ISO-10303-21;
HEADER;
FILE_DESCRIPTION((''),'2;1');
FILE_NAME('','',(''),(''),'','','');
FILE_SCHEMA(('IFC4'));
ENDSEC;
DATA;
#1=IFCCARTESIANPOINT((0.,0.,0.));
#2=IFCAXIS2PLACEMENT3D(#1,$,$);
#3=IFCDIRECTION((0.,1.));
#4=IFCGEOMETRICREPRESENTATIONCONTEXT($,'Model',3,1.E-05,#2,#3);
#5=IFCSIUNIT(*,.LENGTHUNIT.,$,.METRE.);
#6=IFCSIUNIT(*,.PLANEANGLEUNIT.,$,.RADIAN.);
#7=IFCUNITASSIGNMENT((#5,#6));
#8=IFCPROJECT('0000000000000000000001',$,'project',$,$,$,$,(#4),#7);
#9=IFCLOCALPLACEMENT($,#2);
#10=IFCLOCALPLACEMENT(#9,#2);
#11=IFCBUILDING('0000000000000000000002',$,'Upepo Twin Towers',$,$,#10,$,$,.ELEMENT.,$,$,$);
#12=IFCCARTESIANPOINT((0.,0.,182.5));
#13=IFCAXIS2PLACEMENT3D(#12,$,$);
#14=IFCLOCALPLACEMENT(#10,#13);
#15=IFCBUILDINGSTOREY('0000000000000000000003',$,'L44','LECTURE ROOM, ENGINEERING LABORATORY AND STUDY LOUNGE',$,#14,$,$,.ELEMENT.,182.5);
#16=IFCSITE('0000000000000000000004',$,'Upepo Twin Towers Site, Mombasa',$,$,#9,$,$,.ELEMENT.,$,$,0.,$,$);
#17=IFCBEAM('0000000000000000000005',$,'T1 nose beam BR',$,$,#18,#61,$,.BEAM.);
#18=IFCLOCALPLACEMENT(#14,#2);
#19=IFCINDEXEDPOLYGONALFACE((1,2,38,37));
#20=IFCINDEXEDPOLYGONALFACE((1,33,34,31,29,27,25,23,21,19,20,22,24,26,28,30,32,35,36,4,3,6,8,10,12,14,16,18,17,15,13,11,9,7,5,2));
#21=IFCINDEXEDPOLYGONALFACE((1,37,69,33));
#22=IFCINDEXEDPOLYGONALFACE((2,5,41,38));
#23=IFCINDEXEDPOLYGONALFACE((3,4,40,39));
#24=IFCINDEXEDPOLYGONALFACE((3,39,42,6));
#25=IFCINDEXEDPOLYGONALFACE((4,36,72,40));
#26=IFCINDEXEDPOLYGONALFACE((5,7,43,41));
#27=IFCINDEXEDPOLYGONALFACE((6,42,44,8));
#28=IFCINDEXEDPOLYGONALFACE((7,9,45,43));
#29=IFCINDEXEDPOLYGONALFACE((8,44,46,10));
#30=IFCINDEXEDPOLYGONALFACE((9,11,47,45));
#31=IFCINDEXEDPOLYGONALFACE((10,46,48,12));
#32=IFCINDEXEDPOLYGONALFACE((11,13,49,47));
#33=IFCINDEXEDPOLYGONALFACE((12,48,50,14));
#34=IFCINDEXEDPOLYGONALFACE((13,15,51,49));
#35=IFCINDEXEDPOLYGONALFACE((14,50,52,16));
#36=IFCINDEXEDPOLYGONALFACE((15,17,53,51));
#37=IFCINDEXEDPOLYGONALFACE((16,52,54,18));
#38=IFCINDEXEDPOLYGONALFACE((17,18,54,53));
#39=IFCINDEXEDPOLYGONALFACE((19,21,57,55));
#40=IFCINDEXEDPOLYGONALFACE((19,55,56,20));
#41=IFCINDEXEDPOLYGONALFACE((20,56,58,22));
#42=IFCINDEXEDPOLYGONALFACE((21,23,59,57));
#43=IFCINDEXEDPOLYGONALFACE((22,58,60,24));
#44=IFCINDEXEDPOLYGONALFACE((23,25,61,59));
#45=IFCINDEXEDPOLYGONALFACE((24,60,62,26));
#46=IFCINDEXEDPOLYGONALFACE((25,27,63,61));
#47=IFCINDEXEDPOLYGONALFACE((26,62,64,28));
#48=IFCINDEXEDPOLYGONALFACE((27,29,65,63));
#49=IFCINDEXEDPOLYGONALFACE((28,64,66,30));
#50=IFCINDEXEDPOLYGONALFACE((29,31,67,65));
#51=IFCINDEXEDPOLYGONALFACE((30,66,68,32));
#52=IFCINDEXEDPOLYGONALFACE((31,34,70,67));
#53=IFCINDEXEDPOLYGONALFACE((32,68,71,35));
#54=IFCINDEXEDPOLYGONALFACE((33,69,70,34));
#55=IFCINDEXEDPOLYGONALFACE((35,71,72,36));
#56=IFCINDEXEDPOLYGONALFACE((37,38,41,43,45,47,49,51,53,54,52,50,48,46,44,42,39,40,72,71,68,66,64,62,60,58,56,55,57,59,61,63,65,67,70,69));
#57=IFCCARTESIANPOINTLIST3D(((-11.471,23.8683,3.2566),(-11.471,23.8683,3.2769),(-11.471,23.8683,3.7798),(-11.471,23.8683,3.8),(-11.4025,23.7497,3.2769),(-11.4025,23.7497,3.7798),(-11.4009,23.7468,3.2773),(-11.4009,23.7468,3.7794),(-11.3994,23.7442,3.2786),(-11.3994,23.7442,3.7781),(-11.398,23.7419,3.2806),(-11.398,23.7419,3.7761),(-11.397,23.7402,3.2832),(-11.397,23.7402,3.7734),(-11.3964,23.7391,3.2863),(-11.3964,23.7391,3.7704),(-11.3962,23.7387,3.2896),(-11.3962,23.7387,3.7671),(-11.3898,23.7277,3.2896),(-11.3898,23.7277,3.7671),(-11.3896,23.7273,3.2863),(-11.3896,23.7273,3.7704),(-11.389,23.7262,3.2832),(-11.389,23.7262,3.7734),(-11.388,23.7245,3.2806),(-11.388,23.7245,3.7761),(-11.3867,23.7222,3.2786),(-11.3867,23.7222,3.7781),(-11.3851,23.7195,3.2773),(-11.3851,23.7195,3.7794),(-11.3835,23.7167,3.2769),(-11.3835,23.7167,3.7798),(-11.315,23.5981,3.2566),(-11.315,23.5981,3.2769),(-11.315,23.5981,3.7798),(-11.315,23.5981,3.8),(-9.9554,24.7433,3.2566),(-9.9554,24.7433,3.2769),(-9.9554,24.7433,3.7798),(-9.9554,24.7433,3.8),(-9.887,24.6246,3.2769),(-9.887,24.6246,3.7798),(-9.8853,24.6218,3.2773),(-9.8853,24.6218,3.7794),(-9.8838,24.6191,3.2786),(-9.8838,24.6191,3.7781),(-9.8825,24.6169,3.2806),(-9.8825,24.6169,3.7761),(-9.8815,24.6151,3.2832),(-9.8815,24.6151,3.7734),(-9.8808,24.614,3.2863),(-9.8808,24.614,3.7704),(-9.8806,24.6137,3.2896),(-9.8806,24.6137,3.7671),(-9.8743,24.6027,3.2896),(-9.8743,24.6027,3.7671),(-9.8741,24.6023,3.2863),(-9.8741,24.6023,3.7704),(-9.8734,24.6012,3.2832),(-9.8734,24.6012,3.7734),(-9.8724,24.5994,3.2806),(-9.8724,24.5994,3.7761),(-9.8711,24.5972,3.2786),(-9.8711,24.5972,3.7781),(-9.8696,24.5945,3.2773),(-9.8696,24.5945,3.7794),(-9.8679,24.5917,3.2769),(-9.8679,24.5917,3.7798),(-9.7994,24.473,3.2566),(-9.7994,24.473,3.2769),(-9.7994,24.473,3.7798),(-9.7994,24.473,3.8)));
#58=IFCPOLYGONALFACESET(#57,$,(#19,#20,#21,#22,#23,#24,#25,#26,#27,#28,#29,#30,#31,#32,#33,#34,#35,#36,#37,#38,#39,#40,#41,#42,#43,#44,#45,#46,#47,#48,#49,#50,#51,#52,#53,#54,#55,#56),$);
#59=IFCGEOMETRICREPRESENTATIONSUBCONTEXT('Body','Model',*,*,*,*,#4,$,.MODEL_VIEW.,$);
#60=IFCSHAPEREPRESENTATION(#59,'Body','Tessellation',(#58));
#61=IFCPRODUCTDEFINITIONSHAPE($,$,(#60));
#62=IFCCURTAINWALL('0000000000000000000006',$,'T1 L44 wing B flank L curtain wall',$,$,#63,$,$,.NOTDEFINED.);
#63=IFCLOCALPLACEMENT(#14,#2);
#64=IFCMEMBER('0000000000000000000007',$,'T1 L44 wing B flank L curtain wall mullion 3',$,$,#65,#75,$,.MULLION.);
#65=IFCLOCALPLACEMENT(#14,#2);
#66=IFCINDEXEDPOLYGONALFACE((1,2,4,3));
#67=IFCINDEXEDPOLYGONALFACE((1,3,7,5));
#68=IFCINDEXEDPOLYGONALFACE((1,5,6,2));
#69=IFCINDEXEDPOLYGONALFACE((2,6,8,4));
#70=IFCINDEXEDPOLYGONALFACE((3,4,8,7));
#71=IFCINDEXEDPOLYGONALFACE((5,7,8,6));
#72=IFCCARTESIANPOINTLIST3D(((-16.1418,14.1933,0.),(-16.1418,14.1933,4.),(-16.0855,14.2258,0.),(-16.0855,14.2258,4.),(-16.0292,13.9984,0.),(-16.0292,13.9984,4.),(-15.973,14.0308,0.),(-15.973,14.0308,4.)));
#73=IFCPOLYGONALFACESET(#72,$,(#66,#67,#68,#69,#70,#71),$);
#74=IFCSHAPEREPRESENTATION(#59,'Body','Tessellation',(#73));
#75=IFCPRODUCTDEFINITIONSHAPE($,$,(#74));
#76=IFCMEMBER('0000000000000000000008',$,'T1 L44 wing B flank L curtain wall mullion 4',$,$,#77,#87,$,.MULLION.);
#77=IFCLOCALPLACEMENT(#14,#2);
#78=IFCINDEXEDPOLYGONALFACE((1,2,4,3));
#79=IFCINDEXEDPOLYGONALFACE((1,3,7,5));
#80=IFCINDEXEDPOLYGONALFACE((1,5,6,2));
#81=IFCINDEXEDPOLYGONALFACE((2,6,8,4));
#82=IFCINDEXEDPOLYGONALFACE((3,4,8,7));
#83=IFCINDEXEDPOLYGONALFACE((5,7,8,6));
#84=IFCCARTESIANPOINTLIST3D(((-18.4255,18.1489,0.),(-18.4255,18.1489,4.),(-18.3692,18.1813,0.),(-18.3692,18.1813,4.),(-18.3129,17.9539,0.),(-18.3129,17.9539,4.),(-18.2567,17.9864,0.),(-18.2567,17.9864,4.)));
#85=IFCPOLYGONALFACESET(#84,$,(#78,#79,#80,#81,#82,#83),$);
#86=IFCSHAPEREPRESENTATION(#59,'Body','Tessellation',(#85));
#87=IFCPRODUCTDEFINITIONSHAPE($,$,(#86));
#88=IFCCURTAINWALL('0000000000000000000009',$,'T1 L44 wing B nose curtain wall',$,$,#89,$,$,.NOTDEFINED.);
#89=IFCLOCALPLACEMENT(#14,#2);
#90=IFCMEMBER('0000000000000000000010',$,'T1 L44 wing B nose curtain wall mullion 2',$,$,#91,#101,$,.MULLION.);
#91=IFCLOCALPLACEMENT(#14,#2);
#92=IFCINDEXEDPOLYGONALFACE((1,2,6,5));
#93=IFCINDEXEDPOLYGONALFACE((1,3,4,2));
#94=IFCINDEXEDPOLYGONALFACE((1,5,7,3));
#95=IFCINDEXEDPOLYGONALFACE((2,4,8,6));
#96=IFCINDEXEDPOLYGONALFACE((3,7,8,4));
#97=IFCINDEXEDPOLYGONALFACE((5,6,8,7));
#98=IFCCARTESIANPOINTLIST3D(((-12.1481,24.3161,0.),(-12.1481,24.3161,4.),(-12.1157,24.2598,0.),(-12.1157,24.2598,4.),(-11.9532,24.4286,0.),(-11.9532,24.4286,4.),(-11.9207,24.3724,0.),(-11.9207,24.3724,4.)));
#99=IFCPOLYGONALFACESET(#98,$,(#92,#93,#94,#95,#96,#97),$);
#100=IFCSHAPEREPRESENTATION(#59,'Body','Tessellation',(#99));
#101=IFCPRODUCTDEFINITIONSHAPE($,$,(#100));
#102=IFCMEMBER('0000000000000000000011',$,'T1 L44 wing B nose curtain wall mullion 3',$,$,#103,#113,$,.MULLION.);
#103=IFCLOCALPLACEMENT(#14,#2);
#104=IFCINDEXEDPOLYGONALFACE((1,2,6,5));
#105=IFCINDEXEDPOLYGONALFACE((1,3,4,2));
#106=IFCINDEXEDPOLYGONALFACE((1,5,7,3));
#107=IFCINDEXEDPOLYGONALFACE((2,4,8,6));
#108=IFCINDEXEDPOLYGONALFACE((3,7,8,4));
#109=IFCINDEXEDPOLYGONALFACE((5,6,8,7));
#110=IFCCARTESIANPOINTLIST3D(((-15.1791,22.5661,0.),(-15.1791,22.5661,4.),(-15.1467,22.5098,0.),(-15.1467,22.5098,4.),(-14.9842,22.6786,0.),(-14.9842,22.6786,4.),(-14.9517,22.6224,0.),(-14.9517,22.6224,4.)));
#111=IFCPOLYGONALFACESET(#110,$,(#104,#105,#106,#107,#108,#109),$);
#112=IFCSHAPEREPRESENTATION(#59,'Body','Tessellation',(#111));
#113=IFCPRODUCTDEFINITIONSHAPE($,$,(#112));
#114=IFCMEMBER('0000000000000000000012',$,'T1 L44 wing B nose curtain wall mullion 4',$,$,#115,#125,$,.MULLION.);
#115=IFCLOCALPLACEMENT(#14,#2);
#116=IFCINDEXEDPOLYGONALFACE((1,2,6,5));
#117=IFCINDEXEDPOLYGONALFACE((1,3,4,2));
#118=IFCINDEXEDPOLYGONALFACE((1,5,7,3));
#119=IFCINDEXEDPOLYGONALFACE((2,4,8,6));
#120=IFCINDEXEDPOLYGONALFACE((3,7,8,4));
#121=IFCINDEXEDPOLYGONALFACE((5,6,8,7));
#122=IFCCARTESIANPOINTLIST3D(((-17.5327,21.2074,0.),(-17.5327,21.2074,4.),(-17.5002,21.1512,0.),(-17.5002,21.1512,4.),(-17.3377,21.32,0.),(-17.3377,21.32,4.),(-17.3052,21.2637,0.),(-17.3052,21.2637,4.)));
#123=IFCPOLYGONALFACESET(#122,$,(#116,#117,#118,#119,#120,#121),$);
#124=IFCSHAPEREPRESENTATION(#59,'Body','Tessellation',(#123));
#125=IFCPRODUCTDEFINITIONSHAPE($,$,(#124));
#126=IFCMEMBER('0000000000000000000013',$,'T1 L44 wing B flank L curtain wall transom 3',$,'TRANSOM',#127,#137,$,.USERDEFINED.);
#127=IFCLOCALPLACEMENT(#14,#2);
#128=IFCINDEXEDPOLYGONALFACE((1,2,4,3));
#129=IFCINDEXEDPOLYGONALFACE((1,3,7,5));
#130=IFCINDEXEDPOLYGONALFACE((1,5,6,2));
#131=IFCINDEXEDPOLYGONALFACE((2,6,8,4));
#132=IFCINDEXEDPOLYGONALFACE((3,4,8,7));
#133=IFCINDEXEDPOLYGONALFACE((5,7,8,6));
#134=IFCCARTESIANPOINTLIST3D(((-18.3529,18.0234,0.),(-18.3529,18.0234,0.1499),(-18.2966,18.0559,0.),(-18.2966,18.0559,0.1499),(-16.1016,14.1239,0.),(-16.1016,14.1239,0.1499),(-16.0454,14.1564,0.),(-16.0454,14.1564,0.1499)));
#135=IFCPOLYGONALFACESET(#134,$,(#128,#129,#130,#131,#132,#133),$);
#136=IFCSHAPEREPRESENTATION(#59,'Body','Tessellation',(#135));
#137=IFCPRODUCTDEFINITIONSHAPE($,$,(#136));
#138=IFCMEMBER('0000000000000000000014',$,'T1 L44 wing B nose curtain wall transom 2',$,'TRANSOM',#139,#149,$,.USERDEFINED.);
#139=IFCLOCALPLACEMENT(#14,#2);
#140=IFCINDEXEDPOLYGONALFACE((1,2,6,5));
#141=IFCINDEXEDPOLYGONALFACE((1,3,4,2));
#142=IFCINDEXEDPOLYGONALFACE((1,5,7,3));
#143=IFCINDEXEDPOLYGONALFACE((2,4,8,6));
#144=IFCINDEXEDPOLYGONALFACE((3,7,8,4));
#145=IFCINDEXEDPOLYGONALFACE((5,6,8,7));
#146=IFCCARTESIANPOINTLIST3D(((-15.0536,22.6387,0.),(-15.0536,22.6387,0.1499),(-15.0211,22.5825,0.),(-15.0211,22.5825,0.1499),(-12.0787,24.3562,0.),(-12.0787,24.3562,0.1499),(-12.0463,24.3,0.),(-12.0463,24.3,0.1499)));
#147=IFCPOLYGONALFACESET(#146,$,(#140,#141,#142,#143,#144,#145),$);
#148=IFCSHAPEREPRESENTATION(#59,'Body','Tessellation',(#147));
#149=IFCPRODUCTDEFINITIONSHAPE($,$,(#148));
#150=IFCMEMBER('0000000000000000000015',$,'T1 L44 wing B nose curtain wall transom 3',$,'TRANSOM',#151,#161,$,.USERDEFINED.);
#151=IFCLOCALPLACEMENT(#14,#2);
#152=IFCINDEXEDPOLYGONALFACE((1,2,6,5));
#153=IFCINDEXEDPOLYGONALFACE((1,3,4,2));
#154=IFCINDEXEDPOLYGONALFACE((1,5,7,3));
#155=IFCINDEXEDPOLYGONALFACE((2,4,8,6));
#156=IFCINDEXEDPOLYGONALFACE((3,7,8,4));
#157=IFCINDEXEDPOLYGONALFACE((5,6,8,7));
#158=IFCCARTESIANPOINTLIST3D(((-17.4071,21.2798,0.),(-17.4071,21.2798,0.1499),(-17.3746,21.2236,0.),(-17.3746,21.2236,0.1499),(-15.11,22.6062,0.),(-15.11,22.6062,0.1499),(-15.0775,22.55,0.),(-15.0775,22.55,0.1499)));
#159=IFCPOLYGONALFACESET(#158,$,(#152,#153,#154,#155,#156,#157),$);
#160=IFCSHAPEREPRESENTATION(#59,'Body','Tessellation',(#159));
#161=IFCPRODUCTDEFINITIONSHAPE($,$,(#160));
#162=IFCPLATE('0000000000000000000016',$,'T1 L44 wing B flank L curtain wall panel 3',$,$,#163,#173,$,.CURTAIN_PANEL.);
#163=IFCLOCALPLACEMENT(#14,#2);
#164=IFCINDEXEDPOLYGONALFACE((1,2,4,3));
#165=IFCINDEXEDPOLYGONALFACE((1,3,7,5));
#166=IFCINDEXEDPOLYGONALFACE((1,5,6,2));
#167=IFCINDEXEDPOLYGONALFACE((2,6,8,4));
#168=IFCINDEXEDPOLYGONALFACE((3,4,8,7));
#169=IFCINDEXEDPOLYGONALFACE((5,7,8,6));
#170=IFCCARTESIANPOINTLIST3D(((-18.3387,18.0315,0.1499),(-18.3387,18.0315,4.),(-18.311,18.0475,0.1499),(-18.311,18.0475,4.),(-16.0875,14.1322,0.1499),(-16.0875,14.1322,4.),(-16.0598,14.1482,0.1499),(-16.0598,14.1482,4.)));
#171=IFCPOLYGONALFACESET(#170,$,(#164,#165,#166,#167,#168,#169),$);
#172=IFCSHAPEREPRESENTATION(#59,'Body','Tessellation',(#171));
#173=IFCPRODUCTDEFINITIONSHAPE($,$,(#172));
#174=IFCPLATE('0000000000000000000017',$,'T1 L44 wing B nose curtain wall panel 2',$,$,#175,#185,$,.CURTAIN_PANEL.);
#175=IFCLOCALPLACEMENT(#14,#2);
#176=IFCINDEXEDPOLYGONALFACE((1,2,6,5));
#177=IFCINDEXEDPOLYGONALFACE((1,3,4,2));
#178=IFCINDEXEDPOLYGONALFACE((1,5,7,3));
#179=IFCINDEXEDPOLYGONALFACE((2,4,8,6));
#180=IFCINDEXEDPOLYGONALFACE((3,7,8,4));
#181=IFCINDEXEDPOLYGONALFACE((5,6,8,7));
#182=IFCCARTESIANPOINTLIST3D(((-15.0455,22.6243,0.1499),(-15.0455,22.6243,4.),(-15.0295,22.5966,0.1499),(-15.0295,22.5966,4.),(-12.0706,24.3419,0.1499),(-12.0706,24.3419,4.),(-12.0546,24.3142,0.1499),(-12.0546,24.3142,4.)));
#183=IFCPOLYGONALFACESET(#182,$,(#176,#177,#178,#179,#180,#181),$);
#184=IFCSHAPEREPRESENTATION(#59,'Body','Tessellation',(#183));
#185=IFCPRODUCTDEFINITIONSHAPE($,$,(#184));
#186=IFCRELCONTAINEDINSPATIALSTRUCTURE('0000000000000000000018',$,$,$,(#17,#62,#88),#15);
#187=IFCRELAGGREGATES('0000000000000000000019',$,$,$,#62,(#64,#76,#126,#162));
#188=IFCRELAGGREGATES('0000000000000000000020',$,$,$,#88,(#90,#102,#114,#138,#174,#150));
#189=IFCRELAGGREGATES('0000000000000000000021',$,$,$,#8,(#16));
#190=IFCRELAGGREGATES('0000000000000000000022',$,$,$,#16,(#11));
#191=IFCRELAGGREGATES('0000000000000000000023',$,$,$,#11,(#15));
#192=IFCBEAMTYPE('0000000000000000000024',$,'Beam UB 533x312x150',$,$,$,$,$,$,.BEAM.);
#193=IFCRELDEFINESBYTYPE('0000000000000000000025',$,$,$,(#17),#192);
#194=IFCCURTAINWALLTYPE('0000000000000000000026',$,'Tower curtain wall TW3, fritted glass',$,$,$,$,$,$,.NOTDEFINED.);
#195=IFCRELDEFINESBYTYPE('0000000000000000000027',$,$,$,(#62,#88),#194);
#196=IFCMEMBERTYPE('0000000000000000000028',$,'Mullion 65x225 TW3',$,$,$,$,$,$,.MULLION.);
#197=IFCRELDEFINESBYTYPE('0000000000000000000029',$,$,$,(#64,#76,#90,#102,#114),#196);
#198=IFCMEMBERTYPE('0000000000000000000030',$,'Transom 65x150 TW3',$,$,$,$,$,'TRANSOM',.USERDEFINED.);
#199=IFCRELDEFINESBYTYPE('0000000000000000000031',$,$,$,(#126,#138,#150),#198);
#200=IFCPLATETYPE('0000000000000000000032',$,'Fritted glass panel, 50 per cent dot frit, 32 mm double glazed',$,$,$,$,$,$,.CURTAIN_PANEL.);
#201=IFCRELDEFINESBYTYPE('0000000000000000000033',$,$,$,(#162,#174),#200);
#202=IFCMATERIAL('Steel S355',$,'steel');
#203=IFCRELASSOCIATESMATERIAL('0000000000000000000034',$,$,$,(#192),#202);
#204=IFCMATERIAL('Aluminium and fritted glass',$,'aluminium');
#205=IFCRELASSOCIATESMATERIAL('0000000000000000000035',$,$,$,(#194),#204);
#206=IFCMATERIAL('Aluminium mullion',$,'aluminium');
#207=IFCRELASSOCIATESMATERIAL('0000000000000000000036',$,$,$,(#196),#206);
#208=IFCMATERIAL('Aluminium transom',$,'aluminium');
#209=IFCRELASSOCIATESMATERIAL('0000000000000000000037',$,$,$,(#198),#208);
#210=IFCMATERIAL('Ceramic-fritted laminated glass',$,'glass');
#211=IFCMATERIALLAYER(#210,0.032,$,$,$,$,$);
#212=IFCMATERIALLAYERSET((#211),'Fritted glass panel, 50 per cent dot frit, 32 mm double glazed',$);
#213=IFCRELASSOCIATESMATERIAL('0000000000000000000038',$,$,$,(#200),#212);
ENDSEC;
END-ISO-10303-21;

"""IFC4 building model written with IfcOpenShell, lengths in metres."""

from ifc_helpers import new_model, si_unit, direction, frame, origin, origin_2d, place, context, subcontext, project, spatial, rectangle, i_section, extrude, material, layer, layer_set, material_profile, profile_set, type_object, element, aggregate, save


model = new_model("IFC4")

# Units and contexts
model_context = context("Model", 3, precision=1e-05, world=origin(), true_north=direction((0.0, 1.0)))
body_context = subcontext(model_context, "Body", "Model", "MODEL_VIEW")
ifc_project = project(units=[si_unit("LENGTHUNIT", "METRE"), si_unit("PLANEANGLEUNIT", "RADIAN")], contexts=[model_context])

# Site, building, storey
site_placement = place(None, origin())
site = spatial("IfcSite", under=ifc_project, at=site_placement, Name="Upepo Twin Towers Site, Mombasa", CompositionType="ELEMENT", RefElevation=0.0)
building_placement = place(site_placement, origin())
building = spatial("IfcBuilding", under=site, at=building_placement, Name="Upepo Twin Towers", CompositionType="ELEMENT")
storey_placement = place(building_placement, frame((0.0, 0.0, 182.5)))
storey = spatial("IfcBuildingStorey", under=building, at=storey_placement, Name="L44", Description="LECTURE ROOM, ENGINEERING LABORATORY AND STUDY LOUNGE", CompositionType="ELEMENT", Elevation=182.5)

# Beam
ifc_material_1 = material(Name="Steel S355", Category="steel")
ifc_material_profile_1 = material_profile(ifc_material_1, i_section(OverallWidth=0.312, OverallDepth=0.5435, WebThickness=0.0127, FlangeThickness=0.0203, FilletRadius=0.0127, at=origin_2d()), Name="UB 533x312x150")
ifc_profile_set_1 = profile_set([ifc_material_profile_1], Name="Steel S355")
beam_type_1 = type_object("IfcBeamType", Name="Beam UB 533x312x150", PredefinedType="BEAM", material=ifc_profile_set_1)
for number, where, z_axis, x_axis, name in (
    (1, (-9.8774, 24.6082, 3.5283), (-0.866037, -0.49998, 0.0), (0.49998, -0.866037, 0.0), "T1 nose beam BR"),
):
    element("IfcBeam", number, at=place(storey_placement, frame(where, z_axis=z_axis, x_axis=x_axis)), inside=storey, type_object=beam_type_1, Name=name, PredefinedType="BEAM", context=body_context, shape_type="SweptSolid", body=[
        extrude(i_section(OverallWidth=0.312, OverallDepth=0.5435, WebThickness=0.0127, FlangeThickness=0.0203, FilletRadius=0.0127, at=origin_2d()), origin(), (0.0, 0.0, 1.0), 1.75),
    ])

# Curtain walls, members
ifc_material_2 = material(Name="Aluminium and fritted glass", Category="aluminium")
curtain_wall_type = type_object("IfcCurtainWallType", Name="Tower curtain wall TW3, fritted glass", PredefinedType="NOTDEFINED", material=ifc_material_2)
curtain_wall_1_placement = place(storey_placement, origin())
curtain_wall_1 = element("IfcCurtainWall", 2, at=curtain_wall_1_placement, inside=storey, type_object=curtain_wall_type, Name="T1 L44 wing B flank L curtain wall", PredefinedType="NOTDEFINED")
ifc_material_3 = material(Name="Aluminium mullion", Category="aluminium")
ifc_material_profile_2 = material_profile(ifc_material_3, rectangle(XDim=0.0649, YDim=0.2251, at=origin_2d()), Name="MULLION 65x225")
ifc_profile_set_2 = profile_set([ifc_material_profile_2], Name="Aluminium mullion")
member_type_1 = type_object("IfcMemberType", Name="Mullion 65x225 TW3", PredefinedType="MULLION", material=ifc_profile_set_2)
member_1_placement = place(storey_placement, frame((-16.0574, 14.1121, 0.0), z_axis=(0.0, 0.0, 1.0), x_axis=(-0.866025, -0.5, 0.0)))
member_1 = element("IfcMember", 3, at=member_1_placement, type_object=member_type_1, Name="T1 L44 wing B flank L curtain wall mullion 3", PredefinedType="MULLION", context=body_context, shape_type="SweptSolid", body=[
    extrude(rectangle(XDim=0.0649, YDim=0.2251, at=origin_2d()), origin(), (0.0, 0.0, 1.0), 4.0),
])
member_2_placement = place(storey_placement, frame((-18.3411, 18.0676, 0.0), z_axis=(0.0, 0.0, 1.0), x_axis=(-0.866025, -0.5, 0.0)))
member_2 = element("IfcMember", 4, at=member_2_placement, type_object=member_type_1, Name="T1 L44 wing B flank L curtain wall mullion 4", PredefinedType="MULLION", context=body_context, shape_type="SweptSolid", body=[
    extrude(rectangle(XDim=0.0649, YDim=0.2251, at=origin_2d()), origin(), (0.0, 0.0, 1.0), 4.0),
])
curtain_wall_2_placement = place(storey_placement, origin())
curtain_wall_2 = element("IfcCurtainWall", 5, at=curtain_wall_2_placement, inside=storey, type_object=curtain_wall_type, Name="T1 L44 wing B nose curtain wall", PredefinedType="NOTDEFINED")
member_3_placement = place(storey_placement, frame((-12.0344, 24.3442, 0.0), z_axis=(0.0, 0.0, 1.0), x_axis=(0.5, -0.866025, 0.0)))
member_3 = element("IfcMember", 6, at=member_3_placement, type_object=member_type_1, Name="T1 L44 wing B nose curtain wall mullion 2", PredefinedType="MULLION", context=body_context, shape_type="SweptSolid", body=[
    extrude(rectangle(XDim=0.0649, YDim=0.2251, at=origin_2d()), origin(), (0.0, 0.0, 1.0), 4.0),
])
member_4_placement = place(storey_placement, frame((-15.0654, 22.5942, 0.0), z_axis=(0.0, 0.0, 1.0), x_axis=(0.5, -0.866025, 0.0)))
member_4 = element("IfcMember", 7, at=member_4_placement, type_object=member_type_1, Name="T1 L44 wing B nose curtain wall mullion 3", PredefinedType="MULLION", context=body_context, shape_type="SweptSolid", body=[
    extrude(rectangle(XDim=0.0649, YDim=0.2251, at=origin_2d()), origin(), (0.0, 0.0, 1.0), 4.0),
])
member_5_placement = place(storey_placement, frame((-17.4189, 21.2356, 0.0), z_axis=(0.0, 0.0, 1.0), x_axis=(0.5, -0.866025, 0.0)))
member_5 = element("IfcMember", 8, at=member_5_placement, type_object=member_type_1, Name="T1 L44 wing B nose curtain wall mullion 4", PredefinedType="MULLION", context=body_context, shape_type="SweptSolid", body=[
    extrude(rectangle(XDim=0.0649, YDim=0.2251, at=origin_2d()), origin(), (0.0, 0.0, 1.0), 4.0),
])

# Members
ifc_material_4 = material(Name="Aluminium transom", Category="aluminium")
ifc_material_profile_3 = material_profile(ifc_material_4, rectangle(XDim=0.0649, YDim=0.1499, at=origin_2d()), Name="TRANSOM 65x150")
ifc_profile_set_3 = profile_set([ifc_material_profile_3], Name="Aluminium transom")
member_type_2 = type_object("IfcMemberType", Name="Transom 65x150 TW3", ElementType="TRANSOM", PredefinedType="USERDEFINED", material=ifc_profile_set_3)
member_6_placement = place(storey_placement, frame((-16.0735, 14.1401, 0.075), z_axis=(-0.499982, 0.866036, 0.0), x_axis=(-0.866036, -0.499982, 0.0)))
member_6 = element("IfcMember", 9, at=member_6_placement, type_object=member_type_2, Name="T1 L44 wing B flank L curtain wall transom 3", ObjectType="TRANSOM", PredefinedType="USERDEFINED", context=body_context, shape_type="SweptSolid", body=[
    extrude(rectangle(XDim=0.0649, YDim=0.1499, at=origin_2d()), origin(), (0.0, 0.0, 1.0), 4.5027),
])
member_7_placement = place(storey_placement, frame((-12.0625, 24.3281, 0.075), z_axis=(-0.866026, -0.499999, 0.0), x_axis=(0.499999, -0.866026, 0.0)))
member_7 = element("IfcMember", 10, at=member_7_placement, type_object=member_type_2, Name="T1 L44 wing B nose curtain wall transom 2", ObjectType="TRANSOM", PredefinedType="USERDEFINED", context=body_context, shape_type="SweptSolid", body=[
    extrude(rectangle(XDim=0.0649, YDim=0.1499, at=origin_2d()), origin(), (0.0, 0.0, 1.0), 3.4351),
])
member_8_placement = place(storey_placement, frame((-15.0938, 22.5781, 0.075), z_axis=(-0.865997, -0.500049, 0.0), x_axis=(0.500049, -0.865997, 0.0)))
member_8 = element("IfcMember", 11, at=member_8_placement, type_object=member_type_2, Name="T1 L44 wing B nose curtain wall transom 3", ObjectType="TRANSOM", PredefinedType="USERDEFINED", context=body_context, shape_type="SweptSolid", body=[
    extrude(rectangle(XDim=0.0649, YDim=0.1499, at=origin_2d()), origin(), (0.0, 0.0, 1.0), 2.6526),
])

# Plates
ifc_material_5 = material(Name="Ceramic-fritted laminated glass", Category="glass")
ifc_layer_1 = layer(ifc_material_5, 0.032)
ifc_layer_set_1 = layer_set([ifc_layer_1], Name="Fritted glass panel, 50 per cent dot frit, 32 mm double glazed")
plate_type_1 = type_object("IfcPlateType", Name="Fritted glass panel, 50 per cent dot frit, 32 mm double glazed", PredefinedType="CURTAIN_PANEL", material=ifc_layer_set_1)
plate_1_placement = place(storey_placement, frame((-17.1992, 16.0898, 0.1499), z_axis=(0.0, 0.0, 1.0), x_axis=(-0.5, 0.866025, 0.0)))
plate_1 = element("IfcPlate", 12, at=plate_1_placement, type_object=plate_type_1, Name="T1 L44 wing B flank L curtain wall panel 3", PredefinedType="CURTAIN_PANEL", context=body_context, shape_type="SweptSolid", body=[
    extrude(rectangle(XDim=4.5024, YDim=0.032, at=origin_2d()), origin(), (0.0, 0.0, 1.0), 3.8501),
])
aggregate(curtain_wall_1, [member_1, member_2, member_6, plate_1])
plate_2_placement = place(storey_placement, frame((-13.55, 23.4692, 0.1499), z_axis=(0.0, 0.0, 1.0), x_axis=(-0.866025, -0.5, 0.0)))
plate_2 = element("IfcPlate", 13, at=plate_2_placement, type_object=plate_type_1, Name="T1 L44 wing B nose curtain wall panel 2", PredefinedType="CURTAIN_PANEL", context=body_context, shape_type="SweptSolid", body=[
    extrude(rectangle(XDim=3.4351, YDim=0.032, at=origin_2d()), origin(), (0.0, 0.0, 1.0), 3.8501),
])
aggregate(curtain_wall_2, [member_3, member_4, member_5, member_7, plate_2, member_8])

save(model, "model.ifc")
